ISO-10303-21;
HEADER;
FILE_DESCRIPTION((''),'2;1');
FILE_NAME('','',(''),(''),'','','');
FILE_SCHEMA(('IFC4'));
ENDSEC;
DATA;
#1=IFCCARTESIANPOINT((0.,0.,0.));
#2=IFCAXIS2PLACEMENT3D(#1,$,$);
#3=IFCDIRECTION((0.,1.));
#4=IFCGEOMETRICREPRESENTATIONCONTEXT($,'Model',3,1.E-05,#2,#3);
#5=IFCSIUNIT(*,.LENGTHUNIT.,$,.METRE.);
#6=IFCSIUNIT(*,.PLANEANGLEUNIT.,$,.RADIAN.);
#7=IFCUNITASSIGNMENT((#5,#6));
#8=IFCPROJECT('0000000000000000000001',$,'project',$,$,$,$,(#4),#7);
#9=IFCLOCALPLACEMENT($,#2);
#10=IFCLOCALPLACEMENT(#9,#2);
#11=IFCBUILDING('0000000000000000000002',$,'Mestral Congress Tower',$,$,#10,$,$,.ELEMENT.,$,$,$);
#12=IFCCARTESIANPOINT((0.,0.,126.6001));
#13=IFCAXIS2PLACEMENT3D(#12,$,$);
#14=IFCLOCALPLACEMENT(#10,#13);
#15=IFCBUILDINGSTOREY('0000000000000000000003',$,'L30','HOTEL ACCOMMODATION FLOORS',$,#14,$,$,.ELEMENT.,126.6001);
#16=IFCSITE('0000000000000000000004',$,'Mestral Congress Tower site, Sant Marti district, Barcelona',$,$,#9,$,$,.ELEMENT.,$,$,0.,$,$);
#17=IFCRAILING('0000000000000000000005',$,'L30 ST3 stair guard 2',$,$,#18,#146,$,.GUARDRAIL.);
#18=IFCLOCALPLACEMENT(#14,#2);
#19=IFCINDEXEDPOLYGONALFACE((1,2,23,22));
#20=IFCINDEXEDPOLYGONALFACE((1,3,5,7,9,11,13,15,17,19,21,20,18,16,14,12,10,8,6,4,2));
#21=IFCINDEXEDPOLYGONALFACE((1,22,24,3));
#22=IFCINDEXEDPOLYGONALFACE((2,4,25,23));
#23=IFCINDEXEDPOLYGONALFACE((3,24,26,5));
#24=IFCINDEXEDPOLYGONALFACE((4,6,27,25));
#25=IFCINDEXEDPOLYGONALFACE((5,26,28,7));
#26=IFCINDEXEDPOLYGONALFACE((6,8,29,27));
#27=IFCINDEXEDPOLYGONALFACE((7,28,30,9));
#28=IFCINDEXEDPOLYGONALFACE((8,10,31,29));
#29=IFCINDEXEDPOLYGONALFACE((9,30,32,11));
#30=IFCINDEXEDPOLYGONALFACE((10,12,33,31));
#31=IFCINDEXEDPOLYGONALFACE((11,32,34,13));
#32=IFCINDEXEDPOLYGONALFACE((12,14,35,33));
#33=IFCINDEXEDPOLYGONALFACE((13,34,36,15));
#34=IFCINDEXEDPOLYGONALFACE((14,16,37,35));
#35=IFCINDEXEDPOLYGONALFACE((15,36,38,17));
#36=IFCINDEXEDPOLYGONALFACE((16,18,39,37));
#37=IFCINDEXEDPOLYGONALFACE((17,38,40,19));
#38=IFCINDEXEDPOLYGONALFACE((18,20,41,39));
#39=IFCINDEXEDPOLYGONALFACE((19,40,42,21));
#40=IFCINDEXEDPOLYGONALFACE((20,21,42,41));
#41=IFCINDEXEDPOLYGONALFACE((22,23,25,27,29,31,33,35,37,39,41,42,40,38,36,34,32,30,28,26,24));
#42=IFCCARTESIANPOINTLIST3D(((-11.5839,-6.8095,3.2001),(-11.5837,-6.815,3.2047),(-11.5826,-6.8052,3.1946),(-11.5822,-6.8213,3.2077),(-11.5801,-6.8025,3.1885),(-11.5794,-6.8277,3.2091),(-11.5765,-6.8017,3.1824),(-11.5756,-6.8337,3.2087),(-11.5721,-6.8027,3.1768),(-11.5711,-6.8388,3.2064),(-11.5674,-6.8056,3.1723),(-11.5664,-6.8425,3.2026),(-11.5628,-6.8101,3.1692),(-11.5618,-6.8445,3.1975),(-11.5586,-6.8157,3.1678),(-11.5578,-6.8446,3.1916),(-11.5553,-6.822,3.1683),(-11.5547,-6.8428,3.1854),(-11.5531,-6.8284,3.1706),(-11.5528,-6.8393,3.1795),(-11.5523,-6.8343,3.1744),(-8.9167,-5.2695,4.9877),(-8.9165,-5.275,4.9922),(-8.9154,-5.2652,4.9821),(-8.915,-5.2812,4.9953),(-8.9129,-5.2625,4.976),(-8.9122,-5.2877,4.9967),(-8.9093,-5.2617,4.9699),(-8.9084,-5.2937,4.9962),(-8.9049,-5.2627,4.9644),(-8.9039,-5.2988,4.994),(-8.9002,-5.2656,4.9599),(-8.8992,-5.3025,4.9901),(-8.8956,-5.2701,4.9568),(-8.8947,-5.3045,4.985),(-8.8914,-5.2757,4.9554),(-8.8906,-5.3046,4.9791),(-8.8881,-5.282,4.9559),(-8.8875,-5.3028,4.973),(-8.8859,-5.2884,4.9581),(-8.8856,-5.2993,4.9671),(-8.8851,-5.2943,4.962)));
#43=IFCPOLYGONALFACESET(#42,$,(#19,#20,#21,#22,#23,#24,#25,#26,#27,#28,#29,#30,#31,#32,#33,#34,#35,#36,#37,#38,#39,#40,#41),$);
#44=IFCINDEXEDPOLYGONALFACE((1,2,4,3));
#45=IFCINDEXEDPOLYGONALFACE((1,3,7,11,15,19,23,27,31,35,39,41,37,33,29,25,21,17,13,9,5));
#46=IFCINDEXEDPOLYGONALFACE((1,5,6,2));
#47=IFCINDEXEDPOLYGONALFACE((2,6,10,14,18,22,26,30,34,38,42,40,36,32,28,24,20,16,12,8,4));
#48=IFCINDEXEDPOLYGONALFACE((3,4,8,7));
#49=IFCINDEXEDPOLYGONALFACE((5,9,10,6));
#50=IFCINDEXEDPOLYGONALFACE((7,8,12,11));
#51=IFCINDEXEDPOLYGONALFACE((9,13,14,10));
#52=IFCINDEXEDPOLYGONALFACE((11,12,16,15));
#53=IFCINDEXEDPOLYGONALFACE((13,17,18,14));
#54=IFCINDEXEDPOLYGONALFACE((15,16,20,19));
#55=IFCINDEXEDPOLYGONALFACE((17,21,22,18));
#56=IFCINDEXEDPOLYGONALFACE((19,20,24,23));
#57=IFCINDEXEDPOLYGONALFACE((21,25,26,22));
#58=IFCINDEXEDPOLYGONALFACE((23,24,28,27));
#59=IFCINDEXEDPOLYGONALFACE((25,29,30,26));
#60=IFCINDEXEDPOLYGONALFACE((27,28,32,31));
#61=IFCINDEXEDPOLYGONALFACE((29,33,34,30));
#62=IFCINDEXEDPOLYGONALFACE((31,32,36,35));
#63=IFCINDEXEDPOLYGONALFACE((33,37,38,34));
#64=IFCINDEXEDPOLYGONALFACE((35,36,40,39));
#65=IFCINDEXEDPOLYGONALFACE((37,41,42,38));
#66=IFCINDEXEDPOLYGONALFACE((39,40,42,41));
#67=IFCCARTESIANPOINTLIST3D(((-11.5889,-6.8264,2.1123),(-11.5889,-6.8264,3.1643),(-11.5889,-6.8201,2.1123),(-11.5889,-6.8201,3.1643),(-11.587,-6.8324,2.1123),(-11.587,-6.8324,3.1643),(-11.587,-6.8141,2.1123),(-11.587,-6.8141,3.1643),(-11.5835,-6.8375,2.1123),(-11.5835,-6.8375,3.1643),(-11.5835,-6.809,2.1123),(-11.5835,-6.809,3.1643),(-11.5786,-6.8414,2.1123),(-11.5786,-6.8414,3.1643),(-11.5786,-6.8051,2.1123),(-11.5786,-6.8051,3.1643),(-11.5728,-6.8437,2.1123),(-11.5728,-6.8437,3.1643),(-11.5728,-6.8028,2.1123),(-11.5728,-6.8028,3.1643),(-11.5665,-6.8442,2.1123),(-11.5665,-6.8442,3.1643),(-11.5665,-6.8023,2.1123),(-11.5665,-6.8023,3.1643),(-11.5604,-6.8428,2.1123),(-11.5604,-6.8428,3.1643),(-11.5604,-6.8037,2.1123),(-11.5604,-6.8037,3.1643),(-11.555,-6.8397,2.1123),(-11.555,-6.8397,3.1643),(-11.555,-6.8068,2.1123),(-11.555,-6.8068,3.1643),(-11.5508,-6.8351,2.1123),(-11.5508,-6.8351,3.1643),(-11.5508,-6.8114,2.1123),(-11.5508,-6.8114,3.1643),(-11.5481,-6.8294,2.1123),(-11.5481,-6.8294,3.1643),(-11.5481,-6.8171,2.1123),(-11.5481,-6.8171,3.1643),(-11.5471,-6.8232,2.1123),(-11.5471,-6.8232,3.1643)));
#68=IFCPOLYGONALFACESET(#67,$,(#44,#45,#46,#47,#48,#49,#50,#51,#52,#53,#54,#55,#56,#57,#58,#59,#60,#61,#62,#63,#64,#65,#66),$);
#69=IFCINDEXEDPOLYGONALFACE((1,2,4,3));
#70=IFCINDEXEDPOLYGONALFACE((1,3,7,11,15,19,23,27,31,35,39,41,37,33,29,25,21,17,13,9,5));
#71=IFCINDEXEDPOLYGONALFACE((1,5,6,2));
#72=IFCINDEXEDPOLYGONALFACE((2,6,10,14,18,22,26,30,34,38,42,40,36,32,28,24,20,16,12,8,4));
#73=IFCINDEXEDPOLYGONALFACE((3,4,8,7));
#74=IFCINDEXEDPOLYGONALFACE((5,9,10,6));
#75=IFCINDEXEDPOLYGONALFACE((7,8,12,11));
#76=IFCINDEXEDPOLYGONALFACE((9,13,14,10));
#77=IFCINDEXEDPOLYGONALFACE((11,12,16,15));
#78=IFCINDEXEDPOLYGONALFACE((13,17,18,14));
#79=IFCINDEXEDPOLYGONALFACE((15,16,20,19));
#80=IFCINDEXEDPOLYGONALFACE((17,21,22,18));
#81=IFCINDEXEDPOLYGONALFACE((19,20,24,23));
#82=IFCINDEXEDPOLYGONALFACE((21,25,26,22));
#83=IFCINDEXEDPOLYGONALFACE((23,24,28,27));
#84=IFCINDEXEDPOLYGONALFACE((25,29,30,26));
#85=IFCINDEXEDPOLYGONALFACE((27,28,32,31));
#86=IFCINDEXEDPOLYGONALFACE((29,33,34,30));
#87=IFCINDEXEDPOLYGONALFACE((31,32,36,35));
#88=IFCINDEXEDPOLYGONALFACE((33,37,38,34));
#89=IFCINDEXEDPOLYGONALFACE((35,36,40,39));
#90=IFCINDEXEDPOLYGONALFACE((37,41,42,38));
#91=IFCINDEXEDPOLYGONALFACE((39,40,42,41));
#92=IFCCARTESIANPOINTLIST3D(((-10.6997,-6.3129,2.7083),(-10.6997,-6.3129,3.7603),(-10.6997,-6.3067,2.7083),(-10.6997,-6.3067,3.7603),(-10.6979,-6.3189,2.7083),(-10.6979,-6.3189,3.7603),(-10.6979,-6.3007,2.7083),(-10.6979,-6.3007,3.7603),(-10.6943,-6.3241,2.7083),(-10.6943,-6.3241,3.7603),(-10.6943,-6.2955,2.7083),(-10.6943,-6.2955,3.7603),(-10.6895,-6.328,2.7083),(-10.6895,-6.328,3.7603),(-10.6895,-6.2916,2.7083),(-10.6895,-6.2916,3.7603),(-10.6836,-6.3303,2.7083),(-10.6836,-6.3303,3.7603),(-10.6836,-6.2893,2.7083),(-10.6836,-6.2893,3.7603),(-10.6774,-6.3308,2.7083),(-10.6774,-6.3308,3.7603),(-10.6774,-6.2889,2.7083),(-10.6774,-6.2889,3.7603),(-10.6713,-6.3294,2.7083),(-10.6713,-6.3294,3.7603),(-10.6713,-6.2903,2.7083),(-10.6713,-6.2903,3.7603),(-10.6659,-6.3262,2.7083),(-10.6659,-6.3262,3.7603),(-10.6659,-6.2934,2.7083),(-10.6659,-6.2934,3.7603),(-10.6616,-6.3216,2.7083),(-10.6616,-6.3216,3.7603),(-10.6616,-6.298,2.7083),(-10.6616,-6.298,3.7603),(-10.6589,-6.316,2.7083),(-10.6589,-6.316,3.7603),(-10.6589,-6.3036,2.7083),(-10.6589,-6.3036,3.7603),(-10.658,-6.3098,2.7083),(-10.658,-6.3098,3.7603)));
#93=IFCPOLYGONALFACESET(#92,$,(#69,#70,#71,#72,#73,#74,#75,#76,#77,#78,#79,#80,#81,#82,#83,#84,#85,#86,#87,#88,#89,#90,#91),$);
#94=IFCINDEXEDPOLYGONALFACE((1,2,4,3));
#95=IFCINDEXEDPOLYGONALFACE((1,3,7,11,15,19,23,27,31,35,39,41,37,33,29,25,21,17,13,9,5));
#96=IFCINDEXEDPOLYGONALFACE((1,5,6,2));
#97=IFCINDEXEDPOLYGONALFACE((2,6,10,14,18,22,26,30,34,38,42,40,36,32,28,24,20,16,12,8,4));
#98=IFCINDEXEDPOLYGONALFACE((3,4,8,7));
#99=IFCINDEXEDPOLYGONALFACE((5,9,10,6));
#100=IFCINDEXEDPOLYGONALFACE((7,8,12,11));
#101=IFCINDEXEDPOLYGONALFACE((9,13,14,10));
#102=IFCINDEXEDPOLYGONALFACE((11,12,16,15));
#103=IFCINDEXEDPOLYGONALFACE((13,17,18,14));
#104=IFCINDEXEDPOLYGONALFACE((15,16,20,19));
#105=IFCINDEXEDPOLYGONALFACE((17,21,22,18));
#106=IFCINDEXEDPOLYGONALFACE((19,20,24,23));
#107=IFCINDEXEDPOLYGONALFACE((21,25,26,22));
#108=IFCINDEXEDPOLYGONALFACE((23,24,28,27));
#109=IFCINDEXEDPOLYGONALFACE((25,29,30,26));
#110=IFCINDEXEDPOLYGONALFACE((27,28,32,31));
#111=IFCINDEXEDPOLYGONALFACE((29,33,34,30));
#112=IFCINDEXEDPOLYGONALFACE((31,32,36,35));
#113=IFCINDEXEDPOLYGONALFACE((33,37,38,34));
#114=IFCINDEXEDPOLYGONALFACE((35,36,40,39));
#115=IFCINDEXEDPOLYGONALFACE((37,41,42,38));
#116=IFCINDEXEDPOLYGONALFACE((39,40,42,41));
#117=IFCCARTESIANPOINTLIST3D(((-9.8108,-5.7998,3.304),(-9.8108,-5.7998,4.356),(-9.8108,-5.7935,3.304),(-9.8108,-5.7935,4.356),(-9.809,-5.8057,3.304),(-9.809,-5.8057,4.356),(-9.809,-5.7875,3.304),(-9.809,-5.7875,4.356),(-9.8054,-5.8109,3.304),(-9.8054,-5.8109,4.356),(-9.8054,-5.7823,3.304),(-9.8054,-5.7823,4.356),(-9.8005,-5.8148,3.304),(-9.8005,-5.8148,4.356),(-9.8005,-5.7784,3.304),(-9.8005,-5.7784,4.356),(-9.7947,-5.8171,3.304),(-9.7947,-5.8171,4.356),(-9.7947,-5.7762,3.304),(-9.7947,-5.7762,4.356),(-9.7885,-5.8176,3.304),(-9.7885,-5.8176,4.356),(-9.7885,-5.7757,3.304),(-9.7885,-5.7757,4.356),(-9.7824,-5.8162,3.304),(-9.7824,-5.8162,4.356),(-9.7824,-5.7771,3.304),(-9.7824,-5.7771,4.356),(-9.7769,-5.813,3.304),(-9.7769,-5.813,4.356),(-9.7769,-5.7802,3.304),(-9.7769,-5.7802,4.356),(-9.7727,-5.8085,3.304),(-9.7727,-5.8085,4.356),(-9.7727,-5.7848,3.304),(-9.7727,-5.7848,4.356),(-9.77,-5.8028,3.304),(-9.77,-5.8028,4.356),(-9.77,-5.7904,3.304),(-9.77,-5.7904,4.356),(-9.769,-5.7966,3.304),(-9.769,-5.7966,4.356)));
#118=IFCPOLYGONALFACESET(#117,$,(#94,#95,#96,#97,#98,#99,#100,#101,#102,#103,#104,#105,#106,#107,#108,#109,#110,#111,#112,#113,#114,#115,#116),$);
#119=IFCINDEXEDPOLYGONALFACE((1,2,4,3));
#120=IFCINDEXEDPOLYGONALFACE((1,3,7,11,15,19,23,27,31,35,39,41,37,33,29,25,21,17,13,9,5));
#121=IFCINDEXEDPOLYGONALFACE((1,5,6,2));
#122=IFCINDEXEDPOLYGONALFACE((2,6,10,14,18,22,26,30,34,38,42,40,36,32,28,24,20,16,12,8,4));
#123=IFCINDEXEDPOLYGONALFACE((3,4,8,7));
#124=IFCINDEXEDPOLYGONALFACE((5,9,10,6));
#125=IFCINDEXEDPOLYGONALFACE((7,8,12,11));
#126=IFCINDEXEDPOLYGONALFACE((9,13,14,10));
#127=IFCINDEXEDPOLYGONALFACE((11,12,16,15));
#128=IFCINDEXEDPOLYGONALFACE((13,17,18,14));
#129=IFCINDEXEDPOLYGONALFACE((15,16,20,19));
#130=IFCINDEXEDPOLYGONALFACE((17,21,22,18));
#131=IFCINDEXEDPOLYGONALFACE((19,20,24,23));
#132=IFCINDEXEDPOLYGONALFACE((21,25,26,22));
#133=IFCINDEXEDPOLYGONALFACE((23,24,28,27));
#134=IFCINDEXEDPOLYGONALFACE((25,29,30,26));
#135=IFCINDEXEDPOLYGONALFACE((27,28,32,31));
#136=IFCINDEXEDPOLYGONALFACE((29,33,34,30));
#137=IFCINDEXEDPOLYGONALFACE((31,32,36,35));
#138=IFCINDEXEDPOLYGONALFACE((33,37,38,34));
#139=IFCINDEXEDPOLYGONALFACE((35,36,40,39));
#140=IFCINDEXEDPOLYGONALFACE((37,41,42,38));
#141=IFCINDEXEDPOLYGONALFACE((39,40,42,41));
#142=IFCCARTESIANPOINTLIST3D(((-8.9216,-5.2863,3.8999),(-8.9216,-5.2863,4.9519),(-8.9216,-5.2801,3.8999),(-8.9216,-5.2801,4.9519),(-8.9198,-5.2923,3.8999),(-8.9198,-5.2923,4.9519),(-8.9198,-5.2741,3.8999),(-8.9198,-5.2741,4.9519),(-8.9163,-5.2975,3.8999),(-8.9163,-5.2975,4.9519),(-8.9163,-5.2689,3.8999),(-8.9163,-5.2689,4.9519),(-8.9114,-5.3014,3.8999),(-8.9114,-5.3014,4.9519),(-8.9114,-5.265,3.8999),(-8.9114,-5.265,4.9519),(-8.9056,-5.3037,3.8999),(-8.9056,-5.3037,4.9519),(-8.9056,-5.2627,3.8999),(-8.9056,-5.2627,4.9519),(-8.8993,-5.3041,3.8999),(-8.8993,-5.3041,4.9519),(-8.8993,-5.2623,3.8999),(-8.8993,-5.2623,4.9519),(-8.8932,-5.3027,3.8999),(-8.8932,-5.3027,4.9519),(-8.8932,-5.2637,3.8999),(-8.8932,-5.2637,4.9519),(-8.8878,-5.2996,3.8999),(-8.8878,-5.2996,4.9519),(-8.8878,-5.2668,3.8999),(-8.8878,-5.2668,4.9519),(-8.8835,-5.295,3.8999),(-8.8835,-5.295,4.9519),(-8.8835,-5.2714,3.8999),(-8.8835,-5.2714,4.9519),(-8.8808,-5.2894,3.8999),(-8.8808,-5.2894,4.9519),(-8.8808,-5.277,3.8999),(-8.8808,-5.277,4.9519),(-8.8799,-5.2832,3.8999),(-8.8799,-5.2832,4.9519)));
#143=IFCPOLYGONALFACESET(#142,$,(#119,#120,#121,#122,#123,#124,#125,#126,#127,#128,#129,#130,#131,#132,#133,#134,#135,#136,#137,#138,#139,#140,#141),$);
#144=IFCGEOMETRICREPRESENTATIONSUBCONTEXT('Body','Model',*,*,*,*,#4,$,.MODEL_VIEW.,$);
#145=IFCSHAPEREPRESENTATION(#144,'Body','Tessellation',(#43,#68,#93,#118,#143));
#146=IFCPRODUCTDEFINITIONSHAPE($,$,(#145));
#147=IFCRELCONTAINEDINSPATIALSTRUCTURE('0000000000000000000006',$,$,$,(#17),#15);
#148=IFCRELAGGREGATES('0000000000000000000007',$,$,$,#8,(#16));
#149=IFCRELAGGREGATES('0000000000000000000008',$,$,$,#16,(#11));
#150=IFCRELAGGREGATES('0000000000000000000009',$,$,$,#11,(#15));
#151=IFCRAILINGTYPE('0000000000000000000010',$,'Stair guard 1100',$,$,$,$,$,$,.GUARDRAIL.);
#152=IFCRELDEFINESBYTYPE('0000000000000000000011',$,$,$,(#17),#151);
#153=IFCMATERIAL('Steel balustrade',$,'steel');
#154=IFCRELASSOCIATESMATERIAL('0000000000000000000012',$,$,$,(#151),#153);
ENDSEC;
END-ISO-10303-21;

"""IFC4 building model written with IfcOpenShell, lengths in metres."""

from ifc_helpers import new_model, si_unit, direction, frame, origin, origin_2d, place, context, subcontext, project, spatial, circle, extrude, material, type_object, element, save


model = new_model("IFC4")

# Units and contexts
model_context = context("Model", 3, precision=1e-05, world=origin(), true_north=direction((0.0, 1.0)))
body_context = subcontext(model_context, "Body", "Model", "MODEL_VIEW")
ifc_project = project(units=[si_unit("LENGTHUNIT", "METRE"), si_unit("PLANEANGLEUNIT", "RADIAN")], contexts=[model_context])

# Site, building, storey
site_placement = place(None, origin())
site = spatial("IfcSite", under=ifc_project, at=site_placement, Name="Mestral Congress Tower site, Sant Marti district, Barcelona", CompositionType="ELEMENT", RefElevation=0.0)
building_placement = place(site_placement, origin())
building = spatial("IfcBuilding", under=site, at=building_placement, Name="Mestral Congress Tower", CompositionType="ELEMENT")
storey_placement = place(building_placement, frame((0.0, 0.0, 126.6001)))
storey = spatial("IfcBuildingStorey", under=building, at=storey_placement, Name="L30", Description="HOTEL ACCOMMODATION FLOORS", CompositionType="ELEMENT", Elevation=126.6001)

# Railing
ifc_material_1 = material(Name="Steel balustrade", Category="steel")
railing_type_1 = type_object("IfcRailingType", Name="Stair guard 1100", PredefinedType="GUARDRAIL", material=ifc_material_1)
railing_1_placement = place(storey_placement, frame((-11.5681, -6.8232, 2.1123)))
element("IfcRailing", 1, at=railing_1_placement, inside=storey, type_object=railing_type_1, Name="L30 ST3 stair guard 2", PredefinedType="GUARDRAIL", context=body_context, shape_type="SweptSolid", body=[
    extrude(circle(Radius=0.0239, at=origin_2d()), frame((0.0, 0.0, 1.0762), z_axis=(0.748994, 0.432463, 0.50198), x_axis=(-0.500027, 0.86601, 0.0)), (0.0, 0.0, 1.0), 3.561),
    extrude(circle(Radius=0.021, at=origin_2d()), origin(), (0.0, 0.0, 1.0), 1.052),
    extrude(circle(Radius=0.021, at=origin_2d()), frame((0.8892, 0.5134, 0.5959)), (0.0, 0.0, 1.0), 1.052),
    extrude(circle(Radius=0.021, at=origin_2d()), frame((1.7781, 1.0266, 1.1917)), (0.0, 0.0, 1.0), 1.052),
    extrude(circle(Radius=0.021, at=origin_2d()), frame((2.6672, 1.54, 1.7876)), (0.0, 0.0, 1.0), 1.052),
])

save(model, "model.ifc")
